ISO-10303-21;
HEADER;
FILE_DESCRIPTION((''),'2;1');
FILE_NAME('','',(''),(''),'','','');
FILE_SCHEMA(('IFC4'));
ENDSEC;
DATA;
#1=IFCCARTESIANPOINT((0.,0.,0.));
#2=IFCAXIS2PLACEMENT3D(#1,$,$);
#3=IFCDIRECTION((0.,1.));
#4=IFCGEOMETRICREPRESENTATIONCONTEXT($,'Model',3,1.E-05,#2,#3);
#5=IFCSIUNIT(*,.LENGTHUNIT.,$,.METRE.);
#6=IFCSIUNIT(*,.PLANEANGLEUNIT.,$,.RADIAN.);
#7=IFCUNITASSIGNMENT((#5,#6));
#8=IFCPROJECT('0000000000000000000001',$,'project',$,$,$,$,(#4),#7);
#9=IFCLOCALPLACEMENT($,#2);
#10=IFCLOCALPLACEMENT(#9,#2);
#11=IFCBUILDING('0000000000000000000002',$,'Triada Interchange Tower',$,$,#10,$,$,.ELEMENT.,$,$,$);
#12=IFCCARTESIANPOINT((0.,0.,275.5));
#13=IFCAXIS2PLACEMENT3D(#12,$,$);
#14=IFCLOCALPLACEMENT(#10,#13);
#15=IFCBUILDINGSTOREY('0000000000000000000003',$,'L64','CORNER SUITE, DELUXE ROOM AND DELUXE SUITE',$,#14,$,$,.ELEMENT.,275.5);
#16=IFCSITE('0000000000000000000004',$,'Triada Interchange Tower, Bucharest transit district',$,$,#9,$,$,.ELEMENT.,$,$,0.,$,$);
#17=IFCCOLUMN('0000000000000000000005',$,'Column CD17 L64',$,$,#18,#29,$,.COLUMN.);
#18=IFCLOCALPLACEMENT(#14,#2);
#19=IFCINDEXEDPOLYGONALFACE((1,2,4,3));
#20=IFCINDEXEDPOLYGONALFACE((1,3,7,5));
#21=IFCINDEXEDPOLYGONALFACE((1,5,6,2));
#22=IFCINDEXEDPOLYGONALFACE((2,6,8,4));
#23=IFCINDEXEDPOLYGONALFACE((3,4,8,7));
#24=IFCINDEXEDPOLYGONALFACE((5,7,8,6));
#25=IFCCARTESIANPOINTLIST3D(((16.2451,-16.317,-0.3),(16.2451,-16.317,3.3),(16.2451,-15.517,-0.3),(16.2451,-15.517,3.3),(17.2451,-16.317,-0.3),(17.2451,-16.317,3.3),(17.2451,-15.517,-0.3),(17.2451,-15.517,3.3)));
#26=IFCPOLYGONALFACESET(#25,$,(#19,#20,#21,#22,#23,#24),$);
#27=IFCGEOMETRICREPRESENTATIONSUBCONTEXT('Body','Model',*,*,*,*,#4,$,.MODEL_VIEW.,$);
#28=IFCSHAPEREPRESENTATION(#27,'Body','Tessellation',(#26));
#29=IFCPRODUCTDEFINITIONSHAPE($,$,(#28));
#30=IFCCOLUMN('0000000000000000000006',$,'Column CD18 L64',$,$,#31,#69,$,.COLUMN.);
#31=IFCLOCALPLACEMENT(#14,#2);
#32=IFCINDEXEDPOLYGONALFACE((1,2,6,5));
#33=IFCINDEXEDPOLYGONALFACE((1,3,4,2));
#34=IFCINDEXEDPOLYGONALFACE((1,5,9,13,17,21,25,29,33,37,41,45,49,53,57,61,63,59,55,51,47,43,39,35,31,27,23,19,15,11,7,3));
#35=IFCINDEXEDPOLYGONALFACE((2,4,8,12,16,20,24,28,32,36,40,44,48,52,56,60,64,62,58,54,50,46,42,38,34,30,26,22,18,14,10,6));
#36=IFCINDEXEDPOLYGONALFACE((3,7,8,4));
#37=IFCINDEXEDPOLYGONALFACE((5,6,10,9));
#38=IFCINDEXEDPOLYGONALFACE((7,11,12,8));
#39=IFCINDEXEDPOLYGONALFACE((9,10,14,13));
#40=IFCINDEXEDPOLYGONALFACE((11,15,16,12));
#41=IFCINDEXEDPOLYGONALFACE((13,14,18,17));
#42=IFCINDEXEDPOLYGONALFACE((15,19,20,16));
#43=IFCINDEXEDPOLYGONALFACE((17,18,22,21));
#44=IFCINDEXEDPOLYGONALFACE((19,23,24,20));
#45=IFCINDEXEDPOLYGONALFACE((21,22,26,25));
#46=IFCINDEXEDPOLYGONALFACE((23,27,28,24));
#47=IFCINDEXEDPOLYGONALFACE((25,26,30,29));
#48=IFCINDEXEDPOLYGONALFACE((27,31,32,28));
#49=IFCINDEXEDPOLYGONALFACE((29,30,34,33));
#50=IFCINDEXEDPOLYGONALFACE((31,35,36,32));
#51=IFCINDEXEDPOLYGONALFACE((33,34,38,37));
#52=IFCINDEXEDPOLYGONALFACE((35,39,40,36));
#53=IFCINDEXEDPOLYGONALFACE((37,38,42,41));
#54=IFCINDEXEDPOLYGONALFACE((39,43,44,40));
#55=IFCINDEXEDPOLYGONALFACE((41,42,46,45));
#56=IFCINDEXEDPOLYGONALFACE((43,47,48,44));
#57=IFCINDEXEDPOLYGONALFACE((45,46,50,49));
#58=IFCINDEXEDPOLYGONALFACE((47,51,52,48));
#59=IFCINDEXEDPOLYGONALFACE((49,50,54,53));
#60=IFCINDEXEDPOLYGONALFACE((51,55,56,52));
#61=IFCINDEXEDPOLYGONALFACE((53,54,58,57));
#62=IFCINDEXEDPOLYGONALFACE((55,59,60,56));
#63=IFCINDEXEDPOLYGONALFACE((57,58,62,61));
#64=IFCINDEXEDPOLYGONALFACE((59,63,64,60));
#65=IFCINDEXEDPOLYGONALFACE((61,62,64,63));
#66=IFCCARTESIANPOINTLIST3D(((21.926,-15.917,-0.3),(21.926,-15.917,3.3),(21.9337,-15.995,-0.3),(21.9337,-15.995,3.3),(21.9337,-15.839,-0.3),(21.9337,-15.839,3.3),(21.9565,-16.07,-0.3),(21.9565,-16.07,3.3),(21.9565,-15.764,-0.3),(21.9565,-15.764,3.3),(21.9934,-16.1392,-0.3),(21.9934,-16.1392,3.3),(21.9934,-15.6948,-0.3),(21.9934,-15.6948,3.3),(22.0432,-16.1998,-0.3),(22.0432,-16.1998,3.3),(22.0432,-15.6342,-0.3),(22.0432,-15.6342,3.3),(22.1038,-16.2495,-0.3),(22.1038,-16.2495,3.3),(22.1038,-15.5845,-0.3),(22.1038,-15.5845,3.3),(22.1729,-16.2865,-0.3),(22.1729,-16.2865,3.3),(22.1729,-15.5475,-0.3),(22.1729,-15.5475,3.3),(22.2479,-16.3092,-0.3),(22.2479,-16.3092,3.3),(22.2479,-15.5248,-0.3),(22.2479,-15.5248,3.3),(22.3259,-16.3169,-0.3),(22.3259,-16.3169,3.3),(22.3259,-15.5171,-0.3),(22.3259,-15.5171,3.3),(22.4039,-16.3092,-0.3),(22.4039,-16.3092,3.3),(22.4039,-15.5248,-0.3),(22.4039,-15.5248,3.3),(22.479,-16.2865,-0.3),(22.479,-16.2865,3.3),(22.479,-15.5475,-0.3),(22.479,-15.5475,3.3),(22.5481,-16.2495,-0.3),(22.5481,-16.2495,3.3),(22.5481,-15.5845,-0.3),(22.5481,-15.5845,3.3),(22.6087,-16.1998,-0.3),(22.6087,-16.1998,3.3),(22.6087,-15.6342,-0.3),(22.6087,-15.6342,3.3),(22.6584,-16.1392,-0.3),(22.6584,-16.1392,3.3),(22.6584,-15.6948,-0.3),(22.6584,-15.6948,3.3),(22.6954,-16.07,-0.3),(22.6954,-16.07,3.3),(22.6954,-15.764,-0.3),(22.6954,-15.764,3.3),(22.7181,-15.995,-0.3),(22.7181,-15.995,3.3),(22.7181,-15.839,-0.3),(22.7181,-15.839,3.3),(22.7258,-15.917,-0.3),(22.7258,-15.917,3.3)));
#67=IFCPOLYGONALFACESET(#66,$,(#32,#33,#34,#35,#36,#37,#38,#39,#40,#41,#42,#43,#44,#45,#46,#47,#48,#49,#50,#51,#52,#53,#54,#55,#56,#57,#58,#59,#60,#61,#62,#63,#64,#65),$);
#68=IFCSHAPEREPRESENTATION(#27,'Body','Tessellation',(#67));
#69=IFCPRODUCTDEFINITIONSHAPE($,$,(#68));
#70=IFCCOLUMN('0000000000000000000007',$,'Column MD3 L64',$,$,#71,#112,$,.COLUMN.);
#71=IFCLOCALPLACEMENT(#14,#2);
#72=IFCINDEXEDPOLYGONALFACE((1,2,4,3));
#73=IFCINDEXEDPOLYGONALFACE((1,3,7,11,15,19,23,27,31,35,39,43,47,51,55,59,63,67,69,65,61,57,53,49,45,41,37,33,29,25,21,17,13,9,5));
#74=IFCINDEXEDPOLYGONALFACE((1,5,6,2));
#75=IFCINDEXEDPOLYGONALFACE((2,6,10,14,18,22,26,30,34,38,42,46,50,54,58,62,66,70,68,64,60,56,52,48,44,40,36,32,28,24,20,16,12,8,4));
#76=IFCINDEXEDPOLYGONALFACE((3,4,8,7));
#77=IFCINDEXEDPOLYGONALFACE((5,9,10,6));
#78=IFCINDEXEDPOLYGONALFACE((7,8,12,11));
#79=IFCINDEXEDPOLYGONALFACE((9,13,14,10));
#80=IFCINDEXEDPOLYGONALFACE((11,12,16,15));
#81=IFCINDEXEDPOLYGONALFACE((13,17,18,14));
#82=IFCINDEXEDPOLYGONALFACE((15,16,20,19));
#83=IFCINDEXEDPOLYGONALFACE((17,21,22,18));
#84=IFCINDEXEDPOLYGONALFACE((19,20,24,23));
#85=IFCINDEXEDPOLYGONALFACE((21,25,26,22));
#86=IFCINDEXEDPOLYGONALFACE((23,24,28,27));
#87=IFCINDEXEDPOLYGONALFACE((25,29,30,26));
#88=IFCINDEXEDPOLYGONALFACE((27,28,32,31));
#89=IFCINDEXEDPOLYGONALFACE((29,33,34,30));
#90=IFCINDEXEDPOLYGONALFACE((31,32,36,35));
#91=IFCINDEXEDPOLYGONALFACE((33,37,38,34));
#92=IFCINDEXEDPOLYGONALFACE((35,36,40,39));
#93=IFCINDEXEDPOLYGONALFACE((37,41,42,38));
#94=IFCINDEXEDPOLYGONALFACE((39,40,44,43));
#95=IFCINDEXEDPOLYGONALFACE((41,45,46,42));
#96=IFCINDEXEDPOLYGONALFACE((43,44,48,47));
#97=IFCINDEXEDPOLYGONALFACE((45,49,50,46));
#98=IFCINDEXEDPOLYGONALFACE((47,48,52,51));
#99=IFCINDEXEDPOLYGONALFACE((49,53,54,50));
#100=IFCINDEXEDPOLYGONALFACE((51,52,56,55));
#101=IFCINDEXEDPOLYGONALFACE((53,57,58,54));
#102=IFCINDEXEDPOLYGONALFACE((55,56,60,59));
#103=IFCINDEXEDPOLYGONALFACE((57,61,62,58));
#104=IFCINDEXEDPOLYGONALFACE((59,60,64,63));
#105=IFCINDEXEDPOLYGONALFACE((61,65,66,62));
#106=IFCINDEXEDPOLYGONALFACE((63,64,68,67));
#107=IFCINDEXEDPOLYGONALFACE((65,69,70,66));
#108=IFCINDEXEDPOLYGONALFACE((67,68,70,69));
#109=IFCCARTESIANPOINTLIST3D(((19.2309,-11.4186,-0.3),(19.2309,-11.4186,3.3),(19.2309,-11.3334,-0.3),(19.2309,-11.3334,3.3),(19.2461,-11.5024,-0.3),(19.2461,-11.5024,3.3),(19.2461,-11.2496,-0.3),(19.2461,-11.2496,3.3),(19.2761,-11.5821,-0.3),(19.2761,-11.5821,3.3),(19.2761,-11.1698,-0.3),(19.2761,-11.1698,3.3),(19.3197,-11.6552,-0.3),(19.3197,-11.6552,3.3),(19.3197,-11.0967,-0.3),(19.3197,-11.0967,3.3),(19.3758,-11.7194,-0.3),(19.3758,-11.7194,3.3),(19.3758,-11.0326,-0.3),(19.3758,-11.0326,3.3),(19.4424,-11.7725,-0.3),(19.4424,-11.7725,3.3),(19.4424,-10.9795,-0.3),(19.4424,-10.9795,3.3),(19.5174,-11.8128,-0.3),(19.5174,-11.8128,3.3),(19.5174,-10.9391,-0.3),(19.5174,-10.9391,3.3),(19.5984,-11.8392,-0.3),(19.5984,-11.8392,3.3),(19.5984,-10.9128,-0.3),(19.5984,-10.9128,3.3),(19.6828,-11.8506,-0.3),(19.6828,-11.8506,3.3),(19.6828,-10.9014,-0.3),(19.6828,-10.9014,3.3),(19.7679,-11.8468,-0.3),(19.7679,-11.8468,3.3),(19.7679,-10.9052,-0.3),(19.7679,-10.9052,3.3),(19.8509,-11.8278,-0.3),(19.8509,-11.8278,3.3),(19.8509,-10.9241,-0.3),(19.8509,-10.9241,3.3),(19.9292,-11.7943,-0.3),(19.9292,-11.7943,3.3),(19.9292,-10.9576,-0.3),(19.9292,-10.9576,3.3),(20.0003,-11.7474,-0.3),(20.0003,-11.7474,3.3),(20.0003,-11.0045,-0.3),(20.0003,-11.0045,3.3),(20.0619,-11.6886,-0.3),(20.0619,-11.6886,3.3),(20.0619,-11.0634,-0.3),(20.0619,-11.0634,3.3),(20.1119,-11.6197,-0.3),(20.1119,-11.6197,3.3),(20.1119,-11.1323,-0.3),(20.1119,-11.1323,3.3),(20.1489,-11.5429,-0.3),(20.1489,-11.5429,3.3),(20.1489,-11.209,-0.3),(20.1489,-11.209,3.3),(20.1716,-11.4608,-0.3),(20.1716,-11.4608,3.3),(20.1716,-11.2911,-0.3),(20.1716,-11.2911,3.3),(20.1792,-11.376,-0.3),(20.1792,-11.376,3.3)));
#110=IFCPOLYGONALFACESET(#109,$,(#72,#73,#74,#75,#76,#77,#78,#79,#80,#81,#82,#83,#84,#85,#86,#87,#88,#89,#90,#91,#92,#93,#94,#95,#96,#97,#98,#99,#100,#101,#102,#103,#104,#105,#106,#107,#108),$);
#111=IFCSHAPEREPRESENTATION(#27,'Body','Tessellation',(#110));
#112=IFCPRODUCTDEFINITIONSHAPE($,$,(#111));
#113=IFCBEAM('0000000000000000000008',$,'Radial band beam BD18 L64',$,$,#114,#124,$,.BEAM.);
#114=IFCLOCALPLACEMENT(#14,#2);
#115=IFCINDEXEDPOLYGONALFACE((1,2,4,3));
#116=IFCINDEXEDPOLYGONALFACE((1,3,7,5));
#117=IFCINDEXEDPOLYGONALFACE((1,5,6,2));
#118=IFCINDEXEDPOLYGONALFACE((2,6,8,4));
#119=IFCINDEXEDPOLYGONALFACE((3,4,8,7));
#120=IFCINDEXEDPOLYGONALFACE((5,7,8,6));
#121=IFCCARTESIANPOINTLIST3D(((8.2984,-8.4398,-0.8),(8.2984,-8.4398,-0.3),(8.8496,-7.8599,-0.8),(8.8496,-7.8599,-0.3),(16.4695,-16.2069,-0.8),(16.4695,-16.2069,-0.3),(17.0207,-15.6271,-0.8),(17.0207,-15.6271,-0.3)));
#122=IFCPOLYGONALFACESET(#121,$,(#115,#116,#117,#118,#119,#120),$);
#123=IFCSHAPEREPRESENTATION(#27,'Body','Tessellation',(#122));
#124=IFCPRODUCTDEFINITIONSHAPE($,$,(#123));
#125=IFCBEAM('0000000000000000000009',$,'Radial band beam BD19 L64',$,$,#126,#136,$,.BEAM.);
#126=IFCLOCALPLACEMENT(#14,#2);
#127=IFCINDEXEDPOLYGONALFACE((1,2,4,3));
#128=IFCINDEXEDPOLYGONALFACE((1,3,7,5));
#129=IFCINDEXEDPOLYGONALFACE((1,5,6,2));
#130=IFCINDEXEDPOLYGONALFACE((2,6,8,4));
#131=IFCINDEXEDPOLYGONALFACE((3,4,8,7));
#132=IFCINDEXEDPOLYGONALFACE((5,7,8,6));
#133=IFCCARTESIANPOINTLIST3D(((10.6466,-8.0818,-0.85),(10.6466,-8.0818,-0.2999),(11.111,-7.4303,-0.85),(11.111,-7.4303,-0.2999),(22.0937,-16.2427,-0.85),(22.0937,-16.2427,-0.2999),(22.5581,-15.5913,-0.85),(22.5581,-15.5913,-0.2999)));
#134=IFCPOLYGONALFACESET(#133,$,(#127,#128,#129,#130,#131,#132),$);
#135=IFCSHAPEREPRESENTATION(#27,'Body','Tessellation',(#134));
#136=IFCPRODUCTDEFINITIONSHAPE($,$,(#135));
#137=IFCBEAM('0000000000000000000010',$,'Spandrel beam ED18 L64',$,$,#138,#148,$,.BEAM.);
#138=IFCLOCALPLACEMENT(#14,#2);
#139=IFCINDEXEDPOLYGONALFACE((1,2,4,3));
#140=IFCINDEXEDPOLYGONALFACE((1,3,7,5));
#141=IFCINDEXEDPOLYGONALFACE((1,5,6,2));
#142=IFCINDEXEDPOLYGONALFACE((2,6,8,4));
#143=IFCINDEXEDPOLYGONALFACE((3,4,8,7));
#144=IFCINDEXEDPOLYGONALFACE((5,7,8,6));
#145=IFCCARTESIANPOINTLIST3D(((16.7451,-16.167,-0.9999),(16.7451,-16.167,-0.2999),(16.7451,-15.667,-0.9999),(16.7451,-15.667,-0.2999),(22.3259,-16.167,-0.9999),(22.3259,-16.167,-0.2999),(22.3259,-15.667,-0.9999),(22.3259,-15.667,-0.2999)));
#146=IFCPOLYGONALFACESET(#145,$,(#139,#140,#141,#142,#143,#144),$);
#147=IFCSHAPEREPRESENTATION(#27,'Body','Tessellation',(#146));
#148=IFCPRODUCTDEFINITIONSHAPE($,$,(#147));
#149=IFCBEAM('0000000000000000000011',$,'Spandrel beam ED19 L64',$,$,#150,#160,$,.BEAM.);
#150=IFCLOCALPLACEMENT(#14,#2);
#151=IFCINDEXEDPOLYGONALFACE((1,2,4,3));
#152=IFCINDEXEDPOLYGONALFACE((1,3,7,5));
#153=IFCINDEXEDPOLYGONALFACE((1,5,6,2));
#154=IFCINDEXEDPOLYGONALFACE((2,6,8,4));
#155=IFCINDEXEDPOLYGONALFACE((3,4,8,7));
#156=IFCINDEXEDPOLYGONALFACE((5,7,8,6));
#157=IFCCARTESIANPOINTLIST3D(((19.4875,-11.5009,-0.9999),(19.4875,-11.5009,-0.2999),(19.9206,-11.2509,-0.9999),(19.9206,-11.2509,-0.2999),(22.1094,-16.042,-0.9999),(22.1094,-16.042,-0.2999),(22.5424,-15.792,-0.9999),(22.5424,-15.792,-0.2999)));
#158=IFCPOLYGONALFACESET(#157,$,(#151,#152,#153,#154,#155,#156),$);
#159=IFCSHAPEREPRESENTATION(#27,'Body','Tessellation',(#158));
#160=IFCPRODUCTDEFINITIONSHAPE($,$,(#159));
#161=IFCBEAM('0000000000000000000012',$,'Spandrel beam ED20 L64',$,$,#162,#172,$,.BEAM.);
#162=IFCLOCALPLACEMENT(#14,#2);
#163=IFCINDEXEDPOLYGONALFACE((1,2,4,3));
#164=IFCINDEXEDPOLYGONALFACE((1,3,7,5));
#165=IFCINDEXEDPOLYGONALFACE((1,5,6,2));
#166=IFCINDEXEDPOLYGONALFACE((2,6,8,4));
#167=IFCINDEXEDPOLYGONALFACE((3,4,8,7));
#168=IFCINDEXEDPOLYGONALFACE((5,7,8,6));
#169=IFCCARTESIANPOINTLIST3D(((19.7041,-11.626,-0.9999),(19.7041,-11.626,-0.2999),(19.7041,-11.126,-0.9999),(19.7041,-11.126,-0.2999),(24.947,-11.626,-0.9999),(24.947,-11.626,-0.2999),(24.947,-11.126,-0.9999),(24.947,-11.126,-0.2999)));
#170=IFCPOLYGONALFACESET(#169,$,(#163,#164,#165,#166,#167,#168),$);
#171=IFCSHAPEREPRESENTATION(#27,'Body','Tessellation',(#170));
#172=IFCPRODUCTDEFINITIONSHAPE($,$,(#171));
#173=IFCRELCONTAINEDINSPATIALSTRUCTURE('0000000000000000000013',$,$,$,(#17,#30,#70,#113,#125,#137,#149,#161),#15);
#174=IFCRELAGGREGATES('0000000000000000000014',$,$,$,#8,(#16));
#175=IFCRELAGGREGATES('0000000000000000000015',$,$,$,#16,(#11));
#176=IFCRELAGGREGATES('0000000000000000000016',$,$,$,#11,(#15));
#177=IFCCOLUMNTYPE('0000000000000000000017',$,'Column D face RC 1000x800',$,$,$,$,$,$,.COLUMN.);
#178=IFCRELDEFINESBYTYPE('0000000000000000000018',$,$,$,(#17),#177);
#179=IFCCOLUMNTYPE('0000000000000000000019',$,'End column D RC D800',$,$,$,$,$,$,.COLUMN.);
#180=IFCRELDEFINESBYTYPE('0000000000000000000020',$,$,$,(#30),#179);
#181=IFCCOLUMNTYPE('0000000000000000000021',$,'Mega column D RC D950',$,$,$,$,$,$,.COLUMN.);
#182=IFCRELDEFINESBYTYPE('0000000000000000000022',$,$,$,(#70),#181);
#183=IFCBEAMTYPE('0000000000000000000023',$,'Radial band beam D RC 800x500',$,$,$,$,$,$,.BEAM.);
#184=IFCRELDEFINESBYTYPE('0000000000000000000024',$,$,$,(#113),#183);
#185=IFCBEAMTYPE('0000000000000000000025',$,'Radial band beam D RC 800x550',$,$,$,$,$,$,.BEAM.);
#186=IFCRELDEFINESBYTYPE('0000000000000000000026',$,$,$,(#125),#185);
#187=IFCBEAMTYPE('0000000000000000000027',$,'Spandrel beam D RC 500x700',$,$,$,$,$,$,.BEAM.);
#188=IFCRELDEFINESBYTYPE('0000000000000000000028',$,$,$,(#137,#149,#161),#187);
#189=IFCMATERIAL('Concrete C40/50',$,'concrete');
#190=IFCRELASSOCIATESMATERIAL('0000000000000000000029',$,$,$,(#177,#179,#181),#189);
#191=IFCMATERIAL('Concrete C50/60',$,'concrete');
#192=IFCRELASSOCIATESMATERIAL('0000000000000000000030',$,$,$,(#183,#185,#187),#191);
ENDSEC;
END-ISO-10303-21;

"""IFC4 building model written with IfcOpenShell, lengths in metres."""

from ifc_helpers import new_model, si_unit, direction, frame, origin, origin_2d, place, context, subcontext, project, spatial, rectangle, circle, extrude, material, material_profile, profile_set, type_object, element, save


model = new_model("IFC4")

# Units and contexts
model_context = context("Model", 3, precision=1e-05, world=origin(), true_north=direction((0.0, 1.0)))
body_context = subcontext(model_context, "Body", "Model", "MODEL_VIEW")
ifc_project = project(units=[si_unit("LENGTHUNIT", "METRE"), si_unit("PLANEANGLEUNIT", "RADIAN")], contexts=[model_context])

# Site, building, storey
site_placement = place(None, origin())
site = spatial("IfcSite", under=ifc_project, at=site_placement, Name="Triada Interchange Tower, Bucharest transit district", CompositionType="ELEMENT", RefElevation=0.0)
building_placement = place(site_placement, origin())
building = spatial("IfcBuilding", under=site, at=building_placement, Name="Triada Interchange Tower", CompositionType="ELEMENT")
storey_placement = place(building_placement, frame((0.0, 0.0, 275.5)))
storey = spatial("IfcBuildingStorey", under=building, at=storey_placement, Name="L64", Description="CORNER SUITE, DELUXE ROOM AND DELUXE SUITE", CompositionType="ELEMENT", Elevation=275.5)

# Columns
ifc_material_1 = material(Name="Concrete C40/50", Category="concrete")
ifc_material_profile_1 = material_profile(ifc_material_1, rectangle(XDim=1.0, YDim=0.8, at=origin_2d()), Name="RC 1000x800")
ifc_profile_set_1 = profile_set([ifc_material_profile_1], Name="Concrete C40/50")
column_type_1 = type_object("IfcColumnType", Name="Column D face RC 1000x800", PredefinedType="COLUMN", material=ifc_profile_set_1)
column_1_placement = place(storey_placement, frame((16.7451, -15.917, -0.3), z_axis=(0.0, 0.0, 1.0), x_axis=(1.0, 0.0, 0.0)))
element("IfcColumn", 1, at=column_1_placement, inside=storey, type_object=column_type_1, Name="Column CD17 L64", PredefinedType="COLUMN", context=body_context, shape_type="SweptSolid", body=[
    extrude(rectangle(XDim=1.0, YDim=0.8, at=origin_2d()), origin(), (0.0, 0.0, 1.0), 3.6001),
])
ifc_material_profile_2 = material_profile(ifc_material_1, circle(Radius=0.3999, at=origin_2d()), Name="RC D800")
ifc_profile_set_2 = profile_set([ifc_material_profile_2], Name="Concrete C40/50")
column_type_2 = type_object("IfcColumnType", Name="End column D RC D800", PredefinedType="COLUMN", material=ifc_profile_set_2)
column_2_placement = place(storey_placement, frame((22.3259, -15.917, -0.3), z_axis=(0.0, 0.0, 1.0), x_axis=(1.0, 0.0, 0.0)))
element("IfcColumn", 2, at=column_2_placement, inside=storey, type_object=column_type_2, Name="Column CD18 L64", PredefinedType="COLUMN", context=body_context, shape_type="SweptSolid", body=[
    extrude(circle(Radius=0.3999, at=origin_2d()), origin(), (0.0, 0.0, 1.0), 3.6001),
])
ifc_material_profile_3 = material_profile(ifc_material_1, circle(Radius=0.4751, at=origin_2d()), Name="RC D950")
ifc_profile_set_3 = profile_set([ifc_material_profile_3], Name="Concrete C40/50")
column_type_3 = type_object("IfcColumnType", Name="Mega column D RC D950", PredefinedType="COLUMN", material=ifc_profile_set_3)
column_3_placement = place(storey_placement, frame((19.7041, -11.376, -0.3), z_axis=(0.0, 0.0, 1.0), x_axis=(1.0, 0.0, 0.0)))
element("IfcColumn", 3, at=column_3_placement, inside=storey, type_object=column_type_3, Name="Column MD3 L64", PredefinedType="COLUMN", context=body_context, shape_type="SweptSolid", body=[
    extrude(circle(Radius=0.4751, at=origin_2d()), origin(), (0.0, 0.0, 1.0), 3.6001),
])

# Beams
ifc_material_2 = material(Name="Concrete C50/60", Category="concrete")
ifc_material_profile_4 = material_profile(ifc_material_2, rectangle(XDim=0.8, YDim=0.5, at=origin_2d()), Name="RC 800x500")
ifc_profile_set_4 = profile_set([ifc_material_profile_4], Name="Concrete C50/60")
beam_type_1 = type_object("IfcBeamType", Name="Radial band beam D RC 800x500", PredefinedType="BEAM", material=ifc_profile_set_4)
beam_1_placement = place(storey_placement, frame((16.7451, -15.917, -0.55), z_axis=(-0.7248, 0.688959, 0.0), x_axis=(-0.688959, -0.7248, 0.0)))
element("IfcBeam", 4, at=beam_1_placement, inside=storey, type_object=beam_type_1, Name="Radial band beam BD18 L64", PredefinedType="BEAM", context=body_context, shape_type="SweptSolid", body=[
    extrude(rectangle(XDim=0.8, YDim=0.5, at=origin_2d()), origin(), (0.0, 0.0, 1.0), 11.2737),
])
ifc_material_profile_5 = material_profile(ifc_material_2, rectangle(XDim=0.8, YDim=0.55, at=origin_2d()), Name="RC 800x550")
ifc_profile_set_5 = profile_set([ifc_material_profile_5], Name="Concrete C50/60")
beam_type_2 = type_object("IfcBeamType", Name="Radial band beam D RC 800x550", PredefinedType="BEAM", material=ifc_profile_set_5)
beam_2_placement = place(storey_placement, frame((22.3259, -15.917, -0.575), z_axis=(-0.814256, 0.580505, 0.0), x_axis=(-0.580505, -0.814256, 0.0)))
element("IfcBeam", 5, at=beam_2_placement, inside=storey, type_object=beam_type_2, Name="Radial band beam BD19 L64", PredefinedType="BEAM", context=body_context, shape_type="SweptSolid", body=[
    extrude(rectangle(XDim=0.8, YDim=0.55, at=origin_2d()), origin(), (0.0, 0.0, 1.0), 14.0583),
])
ifc_material_profile_6 = material_profile(ifc_material_2, rectangle(XDim=0.5, YDim=0.7, at=origin_2d()), Name="RC 500x700")
ifc_profile_set_6 = profile_set([ifc_material_profile_6], Name="Concrete C50/60")
beam_type_3 = type_object("IfcBeamType", Name="Spandrel beam D RC 500x700", PredefinedType="BEAM", material=ifc_profile_set_6)
beam_3_placement = place(storey_placement, frame((16.7451, -15.917, -0.6499), z_axis=(1.0, 0.0, 0.0), x_axis=(0.0, 1.0, 0.0)))
element("IfcBeam", 6, at=beam_3_placement, inside=storey, type_object=beam_type_3, Name="Spandrel beam ED18 L64", PredefinedType="BEAM", context=body_context, shape_type="SweptSolid", body=[
    extrude(rectangle(XDim=0.5, YDim=0.7, at=origin_2d()), origin(), (0.0, 0.0, 1.0), 5.5808),
])
beam_4_placement = place(storey_placement, frame((22.3259, -15.917, -0.6499), z_axis=(-0.50001, 0.86602, 0.0), x_axis=(-0.86602, -0.50001, 0.0)))
element("IfcBeam", 7, at=beam_4_placement, inside=storey, type_object=beam_type_3, Name="Spandrel beam ED19 L64", PredefinedType="BEAM", context=body_context, shape_type="SweptSolid", body=[
    extrude(rectangle(XDim=0.5, YDim=0.7, at=origin_2d()), origin(), (0.0, 0.0, 1.0), 5.2437),
])
beam_5_placement = place(storey_placement, frame((19.7041, -11.376, -0.6499), z_axis=(1.0, 0.0, 0.0), x_axis=(0.0, 1.0, 0.0)))
element("IfcBeam", 8, at=beam_5_placement, inside=storey, type_object=beam_type_3, Name="Spandrel beam ED20 L64", PredefinedType="BEAM", context=body_context, shape_type="SweptSolid", body=[
    extrude(rectangle(XDim=0.5, YDim=0.7, at=origin_2d()), origin(), (0.0, 0.0, 1.0), 5.2429),
])

save(model, "model.ifc")
